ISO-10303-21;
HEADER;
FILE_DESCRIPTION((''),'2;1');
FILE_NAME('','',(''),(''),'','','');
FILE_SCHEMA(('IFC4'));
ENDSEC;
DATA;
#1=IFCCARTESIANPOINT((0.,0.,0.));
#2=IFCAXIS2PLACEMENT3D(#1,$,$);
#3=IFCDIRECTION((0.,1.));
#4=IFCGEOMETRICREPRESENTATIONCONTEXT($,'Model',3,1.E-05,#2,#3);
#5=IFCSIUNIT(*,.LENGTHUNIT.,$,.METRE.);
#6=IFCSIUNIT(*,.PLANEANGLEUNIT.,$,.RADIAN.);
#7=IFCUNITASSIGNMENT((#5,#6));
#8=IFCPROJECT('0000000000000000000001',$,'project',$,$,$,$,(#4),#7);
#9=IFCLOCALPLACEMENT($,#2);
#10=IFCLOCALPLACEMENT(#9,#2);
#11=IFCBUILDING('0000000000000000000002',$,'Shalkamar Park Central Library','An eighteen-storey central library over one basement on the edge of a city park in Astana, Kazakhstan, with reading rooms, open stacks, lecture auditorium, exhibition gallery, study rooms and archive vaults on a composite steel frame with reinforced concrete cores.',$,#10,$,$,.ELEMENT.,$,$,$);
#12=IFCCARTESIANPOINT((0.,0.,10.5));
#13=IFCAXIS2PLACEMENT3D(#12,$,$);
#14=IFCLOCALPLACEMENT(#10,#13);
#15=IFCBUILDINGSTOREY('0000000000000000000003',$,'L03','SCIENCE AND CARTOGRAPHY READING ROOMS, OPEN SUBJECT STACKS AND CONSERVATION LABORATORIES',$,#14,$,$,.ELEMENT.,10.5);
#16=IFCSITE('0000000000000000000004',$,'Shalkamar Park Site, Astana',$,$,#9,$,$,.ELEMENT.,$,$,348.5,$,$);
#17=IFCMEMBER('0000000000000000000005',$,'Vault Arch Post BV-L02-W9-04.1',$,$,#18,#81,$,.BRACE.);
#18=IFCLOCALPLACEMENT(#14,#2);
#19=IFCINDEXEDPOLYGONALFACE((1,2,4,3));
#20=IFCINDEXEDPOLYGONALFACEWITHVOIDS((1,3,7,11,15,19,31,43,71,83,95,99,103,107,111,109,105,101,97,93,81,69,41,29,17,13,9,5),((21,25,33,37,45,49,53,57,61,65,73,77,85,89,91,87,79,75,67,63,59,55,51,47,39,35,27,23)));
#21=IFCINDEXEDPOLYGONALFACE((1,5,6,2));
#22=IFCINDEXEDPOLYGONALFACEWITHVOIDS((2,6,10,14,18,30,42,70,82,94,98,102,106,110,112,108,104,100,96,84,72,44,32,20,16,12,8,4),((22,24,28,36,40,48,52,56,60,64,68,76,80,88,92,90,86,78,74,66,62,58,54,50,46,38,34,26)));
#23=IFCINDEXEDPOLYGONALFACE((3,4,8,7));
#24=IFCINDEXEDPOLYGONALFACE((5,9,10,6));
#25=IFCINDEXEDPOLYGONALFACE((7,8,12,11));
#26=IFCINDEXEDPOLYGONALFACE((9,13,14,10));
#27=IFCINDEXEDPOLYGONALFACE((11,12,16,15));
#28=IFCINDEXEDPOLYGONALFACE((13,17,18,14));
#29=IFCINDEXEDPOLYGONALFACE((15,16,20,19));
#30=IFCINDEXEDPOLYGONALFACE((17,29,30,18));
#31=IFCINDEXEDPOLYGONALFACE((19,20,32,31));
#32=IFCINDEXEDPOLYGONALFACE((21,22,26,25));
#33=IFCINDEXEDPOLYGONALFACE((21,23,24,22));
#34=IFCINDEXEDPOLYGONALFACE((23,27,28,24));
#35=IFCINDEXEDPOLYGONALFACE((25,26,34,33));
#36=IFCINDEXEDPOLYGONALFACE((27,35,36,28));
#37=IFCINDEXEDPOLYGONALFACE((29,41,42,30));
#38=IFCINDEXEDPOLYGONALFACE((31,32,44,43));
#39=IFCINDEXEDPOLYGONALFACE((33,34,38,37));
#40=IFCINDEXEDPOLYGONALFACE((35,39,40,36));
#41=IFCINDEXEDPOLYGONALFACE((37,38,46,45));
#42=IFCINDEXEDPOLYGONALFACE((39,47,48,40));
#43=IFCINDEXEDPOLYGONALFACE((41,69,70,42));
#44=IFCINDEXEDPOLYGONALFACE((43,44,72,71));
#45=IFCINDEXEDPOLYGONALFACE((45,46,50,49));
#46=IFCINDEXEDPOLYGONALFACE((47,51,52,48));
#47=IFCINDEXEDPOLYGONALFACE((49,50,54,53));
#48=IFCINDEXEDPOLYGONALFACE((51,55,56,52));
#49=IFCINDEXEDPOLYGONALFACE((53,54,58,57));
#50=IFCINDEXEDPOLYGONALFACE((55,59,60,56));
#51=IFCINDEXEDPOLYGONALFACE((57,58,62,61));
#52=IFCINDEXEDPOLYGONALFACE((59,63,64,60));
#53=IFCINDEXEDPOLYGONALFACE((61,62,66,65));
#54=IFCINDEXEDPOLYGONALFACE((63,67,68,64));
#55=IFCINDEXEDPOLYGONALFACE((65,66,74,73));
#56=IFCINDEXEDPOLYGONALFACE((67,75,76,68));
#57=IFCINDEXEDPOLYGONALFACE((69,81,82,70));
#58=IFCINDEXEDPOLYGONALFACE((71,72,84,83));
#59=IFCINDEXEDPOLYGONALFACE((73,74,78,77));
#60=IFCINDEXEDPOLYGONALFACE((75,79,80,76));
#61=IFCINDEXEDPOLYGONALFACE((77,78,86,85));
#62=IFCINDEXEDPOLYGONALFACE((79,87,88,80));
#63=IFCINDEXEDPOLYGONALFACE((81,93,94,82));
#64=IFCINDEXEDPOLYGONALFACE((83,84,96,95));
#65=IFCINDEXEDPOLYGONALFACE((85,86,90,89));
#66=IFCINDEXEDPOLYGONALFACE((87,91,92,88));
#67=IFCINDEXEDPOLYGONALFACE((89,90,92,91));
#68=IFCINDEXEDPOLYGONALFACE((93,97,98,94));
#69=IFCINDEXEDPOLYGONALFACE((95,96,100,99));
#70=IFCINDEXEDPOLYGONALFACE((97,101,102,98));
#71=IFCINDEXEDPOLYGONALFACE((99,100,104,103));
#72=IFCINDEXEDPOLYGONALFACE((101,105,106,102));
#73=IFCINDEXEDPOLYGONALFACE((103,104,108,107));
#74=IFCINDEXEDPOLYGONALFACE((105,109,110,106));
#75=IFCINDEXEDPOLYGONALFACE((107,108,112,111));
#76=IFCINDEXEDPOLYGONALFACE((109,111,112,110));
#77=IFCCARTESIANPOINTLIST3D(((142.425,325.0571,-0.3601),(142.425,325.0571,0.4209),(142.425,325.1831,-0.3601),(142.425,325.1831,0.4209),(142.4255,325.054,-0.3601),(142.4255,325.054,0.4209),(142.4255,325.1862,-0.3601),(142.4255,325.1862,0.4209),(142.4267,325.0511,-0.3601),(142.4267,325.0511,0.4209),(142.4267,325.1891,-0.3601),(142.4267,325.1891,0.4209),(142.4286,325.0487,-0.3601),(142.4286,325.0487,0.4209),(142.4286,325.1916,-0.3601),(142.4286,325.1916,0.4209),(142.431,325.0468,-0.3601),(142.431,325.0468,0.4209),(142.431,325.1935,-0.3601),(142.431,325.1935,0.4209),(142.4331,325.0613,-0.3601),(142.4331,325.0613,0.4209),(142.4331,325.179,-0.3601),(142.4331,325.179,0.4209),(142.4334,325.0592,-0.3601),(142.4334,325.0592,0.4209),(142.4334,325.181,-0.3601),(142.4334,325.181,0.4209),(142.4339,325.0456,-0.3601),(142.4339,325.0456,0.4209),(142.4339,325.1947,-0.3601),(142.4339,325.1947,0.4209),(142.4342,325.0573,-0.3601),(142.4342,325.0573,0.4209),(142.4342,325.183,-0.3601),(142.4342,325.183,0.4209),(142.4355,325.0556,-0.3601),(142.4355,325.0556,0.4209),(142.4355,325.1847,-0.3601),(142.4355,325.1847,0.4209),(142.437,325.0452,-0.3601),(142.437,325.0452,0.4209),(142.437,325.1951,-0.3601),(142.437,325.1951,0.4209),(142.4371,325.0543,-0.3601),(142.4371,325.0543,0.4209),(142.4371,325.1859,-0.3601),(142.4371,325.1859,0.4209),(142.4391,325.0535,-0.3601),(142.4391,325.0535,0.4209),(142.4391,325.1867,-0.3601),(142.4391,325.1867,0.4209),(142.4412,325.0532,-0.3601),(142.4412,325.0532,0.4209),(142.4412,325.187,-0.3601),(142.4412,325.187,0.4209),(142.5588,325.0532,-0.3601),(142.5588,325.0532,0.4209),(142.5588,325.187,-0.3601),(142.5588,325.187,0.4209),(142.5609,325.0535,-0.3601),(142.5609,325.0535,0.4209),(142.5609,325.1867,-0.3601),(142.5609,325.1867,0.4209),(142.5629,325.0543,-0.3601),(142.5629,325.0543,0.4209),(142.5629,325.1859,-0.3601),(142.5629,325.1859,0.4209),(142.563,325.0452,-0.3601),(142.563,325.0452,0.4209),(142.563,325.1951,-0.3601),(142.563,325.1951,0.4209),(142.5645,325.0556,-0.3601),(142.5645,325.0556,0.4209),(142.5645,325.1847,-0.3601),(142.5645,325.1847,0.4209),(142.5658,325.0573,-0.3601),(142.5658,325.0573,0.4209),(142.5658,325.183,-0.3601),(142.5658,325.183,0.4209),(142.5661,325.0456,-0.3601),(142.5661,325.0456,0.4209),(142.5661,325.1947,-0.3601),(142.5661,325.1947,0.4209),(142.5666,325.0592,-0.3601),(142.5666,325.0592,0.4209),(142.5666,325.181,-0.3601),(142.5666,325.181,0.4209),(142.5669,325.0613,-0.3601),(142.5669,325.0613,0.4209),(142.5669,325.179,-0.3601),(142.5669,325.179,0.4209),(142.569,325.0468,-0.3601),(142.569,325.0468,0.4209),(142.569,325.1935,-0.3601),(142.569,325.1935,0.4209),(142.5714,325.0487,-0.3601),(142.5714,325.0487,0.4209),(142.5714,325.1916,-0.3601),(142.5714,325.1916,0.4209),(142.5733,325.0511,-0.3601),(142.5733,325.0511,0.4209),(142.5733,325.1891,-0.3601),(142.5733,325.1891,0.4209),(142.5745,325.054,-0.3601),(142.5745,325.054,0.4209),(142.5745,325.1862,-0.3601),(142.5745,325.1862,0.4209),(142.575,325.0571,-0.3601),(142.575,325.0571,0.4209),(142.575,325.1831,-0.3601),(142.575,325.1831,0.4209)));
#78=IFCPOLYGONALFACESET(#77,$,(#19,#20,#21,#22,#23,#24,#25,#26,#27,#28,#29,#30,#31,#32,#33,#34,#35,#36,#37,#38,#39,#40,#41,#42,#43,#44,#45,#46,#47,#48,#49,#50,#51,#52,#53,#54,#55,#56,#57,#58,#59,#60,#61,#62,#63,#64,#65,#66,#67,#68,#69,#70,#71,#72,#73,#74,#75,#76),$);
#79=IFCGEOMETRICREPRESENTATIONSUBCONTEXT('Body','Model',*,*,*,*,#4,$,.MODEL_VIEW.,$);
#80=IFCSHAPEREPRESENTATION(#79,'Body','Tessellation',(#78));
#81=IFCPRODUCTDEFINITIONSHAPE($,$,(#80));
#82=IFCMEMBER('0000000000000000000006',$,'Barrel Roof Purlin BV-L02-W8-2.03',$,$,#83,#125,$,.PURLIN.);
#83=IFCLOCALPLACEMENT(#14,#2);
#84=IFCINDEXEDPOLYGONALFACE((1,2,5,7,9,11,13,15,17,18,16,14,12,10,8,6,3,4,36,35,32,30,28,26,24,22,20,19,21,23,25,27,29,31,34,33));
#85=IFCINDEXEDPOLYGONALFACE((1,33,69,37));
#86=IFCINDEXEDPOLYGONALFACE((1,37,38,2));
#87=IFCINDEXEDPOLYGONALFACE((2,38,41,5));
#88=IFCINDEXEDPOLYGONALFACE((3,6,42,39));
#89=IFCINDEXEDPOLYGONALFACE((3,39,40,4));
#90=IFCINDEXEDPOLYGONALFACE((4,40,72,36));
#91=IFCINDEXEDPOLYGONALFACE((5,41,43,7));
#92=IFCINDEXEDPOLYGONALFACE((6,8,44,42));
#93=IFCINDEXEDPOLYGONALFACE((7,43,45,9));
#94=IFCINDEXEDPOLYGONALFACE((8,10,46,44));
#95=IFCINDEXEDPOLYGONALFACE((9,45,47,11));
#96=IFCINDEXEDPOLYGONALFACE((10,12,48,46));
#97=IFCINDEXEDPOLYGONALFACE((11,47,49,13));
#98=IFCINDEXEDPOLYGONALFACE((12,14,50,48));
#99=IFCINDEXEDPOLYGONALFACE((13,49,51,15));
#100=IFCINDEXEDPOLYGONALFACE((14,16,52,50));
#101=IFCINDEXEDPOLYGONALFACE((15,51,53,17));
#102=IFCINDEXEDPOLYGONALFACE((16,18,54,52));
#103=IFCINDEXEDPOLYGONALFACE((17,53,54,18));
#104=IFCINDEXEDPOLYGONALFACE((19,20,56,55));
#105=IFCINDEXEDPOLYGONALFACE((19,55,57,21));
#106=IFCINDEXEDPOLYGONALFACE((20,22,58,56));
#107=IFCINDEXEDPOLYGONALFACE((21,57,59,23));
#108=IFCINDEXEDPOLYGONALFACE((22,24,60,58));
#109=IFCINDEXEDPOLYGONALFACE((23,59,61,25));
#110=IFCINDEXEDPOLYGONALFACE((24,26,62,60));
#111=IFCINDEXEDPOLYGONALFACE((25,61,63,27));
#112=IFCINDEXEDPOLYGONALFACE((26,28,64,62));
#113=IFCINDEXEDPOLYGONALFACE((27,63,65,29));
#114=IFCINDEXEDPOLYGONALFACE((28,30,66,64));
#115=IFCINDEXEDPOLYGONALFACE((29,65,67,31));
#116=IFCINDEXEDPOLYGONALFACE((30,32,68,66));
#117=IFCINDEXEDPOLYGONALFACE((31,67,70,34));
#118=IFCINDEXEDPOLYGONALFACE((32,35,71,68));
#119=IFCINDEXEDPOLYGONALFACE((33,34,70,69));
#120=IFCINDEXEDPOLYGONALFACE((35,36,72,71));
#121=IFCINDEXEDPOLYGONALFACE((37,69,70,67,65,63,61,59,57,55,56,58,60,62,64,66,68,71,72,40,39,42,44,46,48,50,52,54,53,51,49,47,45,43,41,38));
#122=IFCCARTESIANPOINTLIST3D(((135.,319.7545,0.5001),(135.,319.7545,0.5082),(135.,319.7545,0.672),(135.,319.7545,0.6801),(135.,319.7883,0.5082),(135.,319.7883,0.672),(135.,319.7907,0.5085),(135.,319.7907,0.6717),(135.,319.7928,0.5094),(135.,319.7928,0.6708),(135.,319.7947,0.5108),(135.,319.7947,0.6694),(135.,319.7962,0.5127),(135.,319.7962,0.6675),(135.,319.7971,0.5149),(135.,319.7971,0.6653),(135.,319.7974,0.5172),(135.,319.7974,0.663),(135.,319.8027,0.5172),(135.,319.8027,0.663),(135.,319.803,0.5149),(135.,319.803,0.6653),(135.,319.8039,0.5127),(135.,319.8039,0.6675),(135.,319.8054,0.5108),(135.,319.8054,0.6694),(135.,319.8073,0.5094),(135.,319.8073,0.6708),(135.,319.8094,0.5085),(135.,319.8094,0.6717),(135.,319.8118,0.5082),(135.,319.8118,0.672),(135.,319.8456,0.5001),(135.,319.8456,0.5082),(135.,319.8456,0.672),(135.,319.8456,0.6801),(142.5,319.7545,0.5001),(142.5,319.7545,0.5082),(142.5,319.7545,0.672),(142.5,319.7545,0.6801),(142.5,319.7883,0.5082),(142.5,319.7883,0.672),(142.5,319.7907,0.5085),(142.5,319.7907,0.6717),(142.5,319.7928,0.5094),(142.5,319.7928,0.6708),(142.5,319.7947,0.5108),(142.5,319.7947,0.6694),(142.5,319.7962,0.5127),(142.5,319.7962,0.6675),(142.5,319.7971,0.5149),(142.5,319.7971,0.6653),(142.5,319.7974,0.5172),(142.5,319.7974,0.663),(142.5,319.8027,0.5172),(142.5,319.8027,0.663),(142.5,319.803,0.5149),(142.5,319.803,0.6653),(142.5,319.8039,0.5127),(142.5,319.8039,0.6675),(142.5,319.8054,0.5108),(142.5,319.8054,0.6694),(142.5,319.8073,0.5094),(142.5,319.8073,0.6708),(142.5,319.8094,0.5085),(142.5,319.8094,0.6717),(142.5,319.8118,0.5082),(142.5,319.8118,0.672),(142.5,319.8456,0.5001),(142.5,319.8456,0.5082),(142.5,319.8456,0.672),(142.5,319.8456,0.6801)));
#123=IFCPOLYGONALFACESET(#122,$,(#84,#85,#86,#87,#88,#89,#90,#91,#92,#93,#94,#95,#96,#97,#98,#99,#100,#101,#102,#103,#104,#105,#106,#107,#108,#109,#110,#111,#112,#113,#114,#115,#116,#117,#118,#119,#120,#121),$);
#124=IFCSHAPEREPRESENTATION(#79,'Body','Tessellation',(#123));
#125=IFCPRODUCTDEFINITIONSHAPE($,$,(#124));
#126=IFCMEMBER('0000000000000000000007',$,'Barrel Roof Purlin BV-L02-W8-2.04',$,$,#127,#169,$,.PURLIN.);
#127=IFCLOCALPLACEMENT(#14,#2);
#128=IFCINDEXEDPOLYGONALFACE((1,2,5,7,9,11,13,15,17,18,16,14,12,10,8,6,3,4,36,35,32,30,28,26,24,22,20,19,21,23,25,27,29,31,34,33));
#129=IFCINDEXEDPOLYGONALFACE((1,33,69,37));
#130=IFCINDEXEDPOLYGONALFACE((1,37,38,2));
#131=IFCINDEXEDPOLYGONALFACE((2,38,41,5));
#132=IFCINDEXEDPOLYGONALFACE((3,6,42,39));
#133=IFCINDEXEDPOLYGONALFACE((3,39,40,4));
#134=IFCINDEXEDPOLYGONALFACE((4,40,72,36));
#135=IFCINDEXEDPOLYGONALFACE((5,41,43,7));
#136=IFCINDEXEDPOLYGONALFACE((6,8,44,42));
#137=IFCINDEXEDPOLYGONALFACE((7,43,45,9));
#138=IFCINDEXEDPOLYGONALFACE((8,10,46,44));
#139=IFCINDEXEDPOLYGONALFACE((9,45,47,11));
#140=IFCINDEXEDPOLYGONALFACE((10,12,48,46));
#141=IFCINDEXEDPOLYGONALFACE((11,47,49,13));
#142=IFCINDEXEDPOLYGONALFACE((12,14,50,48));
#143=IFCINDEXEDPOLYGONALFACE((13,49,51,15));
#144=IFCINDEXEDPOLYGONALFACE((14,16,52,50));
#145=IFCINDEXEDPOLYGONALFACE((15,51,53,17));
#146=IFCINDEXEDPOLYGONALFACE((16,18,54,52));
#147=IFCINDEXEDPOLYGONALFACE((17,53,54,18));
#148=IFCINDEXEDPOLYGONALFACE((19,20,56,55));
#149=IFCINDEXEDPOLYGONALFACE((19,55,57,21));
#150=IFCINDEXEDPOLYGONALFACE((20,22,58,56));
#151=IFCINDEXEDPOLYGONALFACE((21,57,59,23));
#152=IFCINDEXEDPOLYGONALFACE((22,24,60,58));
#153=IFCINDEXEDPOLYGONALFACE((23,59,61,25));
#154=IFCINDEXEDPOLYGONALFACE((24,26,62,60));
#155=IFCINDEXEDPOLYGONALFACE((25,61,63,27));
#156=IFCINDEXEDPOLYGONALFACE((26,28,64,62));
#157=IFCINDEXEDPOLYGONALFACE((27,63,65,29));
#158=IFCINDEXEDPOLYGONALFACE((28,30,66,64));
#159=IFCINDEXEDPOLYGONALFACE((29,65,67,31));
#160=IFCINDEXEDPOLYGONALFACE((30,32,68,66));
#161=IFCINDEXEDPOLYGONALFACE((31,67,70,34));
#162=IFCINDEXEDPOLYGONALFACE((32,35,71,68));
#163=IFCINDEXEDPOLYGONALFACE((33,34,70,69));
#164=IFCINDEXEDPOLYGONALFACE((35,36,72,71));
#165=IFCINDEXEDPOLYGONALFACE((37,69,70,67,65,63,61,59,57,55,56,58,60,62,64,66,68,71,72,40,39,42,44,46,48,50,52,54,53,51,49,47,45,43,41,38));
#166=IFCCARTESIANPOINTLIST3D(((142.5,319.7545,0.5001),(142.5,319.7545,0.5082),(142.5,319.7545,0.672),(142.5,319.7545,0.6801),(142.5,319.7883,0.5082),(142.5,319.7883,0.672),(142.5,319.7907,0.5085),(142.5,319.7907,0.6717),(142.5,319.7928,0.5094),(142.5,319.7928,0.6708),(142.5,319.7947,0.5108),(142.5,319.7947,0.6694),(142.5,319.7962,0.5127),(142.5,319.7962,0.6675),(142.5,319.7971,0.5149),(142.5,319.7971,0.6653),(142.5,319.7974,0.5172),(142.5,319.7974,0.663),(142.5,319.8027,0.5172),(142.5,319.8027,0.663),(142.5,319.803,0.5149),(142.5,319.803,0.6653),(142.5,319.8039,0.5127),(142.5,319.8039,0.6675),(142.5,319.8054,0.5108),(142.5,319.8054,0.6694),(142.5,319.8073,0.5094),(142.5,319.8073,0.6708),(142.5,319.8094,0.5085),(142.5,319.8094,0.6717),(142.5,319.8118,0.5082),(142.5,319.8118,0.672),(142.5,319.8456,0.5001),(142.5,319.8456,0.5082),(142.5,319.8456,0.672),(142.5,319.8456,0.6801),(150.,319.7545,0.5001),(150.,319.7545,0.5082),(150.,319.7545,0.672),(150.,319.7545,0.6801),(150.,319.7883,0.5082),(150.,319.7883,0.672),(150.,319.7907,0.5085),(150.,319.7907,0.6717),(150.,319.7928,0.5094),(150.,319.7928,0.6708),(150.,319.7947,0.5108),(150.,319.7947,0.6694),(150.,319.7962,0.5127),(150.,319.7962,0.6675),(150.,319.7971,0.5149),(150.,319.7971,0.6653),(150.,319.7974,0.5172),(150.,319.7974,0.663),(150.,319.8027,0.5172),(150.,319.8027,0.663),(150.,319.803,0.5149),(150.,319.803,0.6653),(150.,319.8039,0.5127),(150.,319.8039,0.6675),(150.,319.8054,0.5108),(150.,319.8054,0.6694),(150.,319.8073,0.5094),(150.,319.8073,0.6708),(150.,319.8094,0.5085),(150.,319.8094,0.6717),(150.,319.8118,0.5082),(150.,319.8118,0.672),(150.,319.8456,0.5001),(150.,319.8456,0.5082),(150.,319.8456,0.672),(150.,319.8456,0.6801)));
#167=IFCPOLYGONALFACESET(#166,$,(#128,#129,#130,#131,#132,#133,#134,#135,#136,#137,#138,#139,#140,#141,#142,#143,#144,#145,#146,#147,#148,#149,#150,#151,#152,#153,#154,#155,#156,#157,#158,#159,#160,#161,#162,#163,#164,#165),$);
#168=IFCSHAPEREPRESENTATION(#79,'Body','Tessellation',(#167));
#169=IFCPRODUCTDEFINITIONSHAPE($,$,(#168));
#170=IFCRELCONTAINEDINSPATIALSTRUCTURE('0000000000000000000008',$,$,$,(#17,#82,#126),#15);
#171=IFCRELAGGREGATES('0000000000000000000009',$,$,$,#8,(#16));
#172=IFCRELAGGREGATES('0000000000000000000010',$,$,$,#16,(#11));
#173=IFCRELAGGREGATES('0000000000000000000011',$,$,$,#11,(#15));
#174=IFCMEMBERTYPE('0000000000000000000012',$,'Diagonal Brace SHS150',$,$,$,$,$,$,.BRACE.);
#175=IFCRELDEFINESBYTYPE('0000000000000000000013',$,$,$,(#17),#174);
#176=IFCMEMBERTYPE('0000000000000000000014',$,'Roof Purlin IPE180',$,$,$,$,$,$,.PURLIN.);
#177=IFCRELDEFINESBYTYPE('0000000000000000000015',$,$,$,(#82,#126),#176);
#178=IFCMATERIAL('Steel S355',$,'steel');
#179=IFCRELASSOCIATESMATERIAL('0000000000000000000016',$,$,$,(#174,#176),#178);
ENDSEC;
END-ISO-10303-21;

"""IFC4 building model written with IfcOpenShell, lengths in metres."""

from ifc_helpers import new_model, si_unit, direction, frame, origin, origin_2d, place, context, subcontext, project, spatial, hollow_rectangle, i_section, extrude, material, material_profile, profile_set, type_object, element, save


model = new_model("IFC4")

# Units and contexts
model_context = context("Model", 3, precision=1e-05, world=origin(), true_north=direction((0.0, 1.0)))
body_context = subcontext(model_context, "Body", "Model", "MODEL_VIEW")
ifc_project = project(units=[si_unit("LENGTHUNIT", "METRE"), si_unit("PLANEANGLEUNIT", "RADIAN")], contexts=[model_context])

# Site, building, storey
site_placement = place(None, origin())
site = spatial("IfcSite", under=ifc_project, at=site_placement, Name="Shalkamar Park Site, Astana", CompositionType="ELEMENT", RefElevation=348.5)
building_placement = place(site_placement, origin())
building = spatial("IfcBuilding", under=site, at=building_placement, Name="Shalkamar Park Central Library", Description="An eighteen-storey central library over one basement on the edge of a city park in Astana, Kazakhstan, with reading rooms, open stacks, lecture auditorium, exhibition gallery, study rooms and archive vaults on a composite steel frame with reinforced concrete cores.", CompositionType="ELEMENT")
storey_placement = place(building_placement, frame((0.0, 0.0, 10.5)))
storey = spatial("IfcBuildingStorey", under=building, at=storey_placement, Name="L03", Description="SCIENCE AND CARTOGRAPHY READING ROOMS, OPEN SUBJECT STACKS AND CONSERVATION LABORATORIES", CompositionType="ELEMENT", Elevation=10.5)

# Members
ifc_material_1 = material(Name="Steel S355", Category="steel")
ifc_material_profile_1 = material_profile(ifc_material_1, hollow_rectangle(XDim=0.1499, YDim=0.1499, WallThickness=0.0081, InnerFilletRadius=0.0081, OuterFilletRadius=0.012, at=origin_2d()), Name="SHS 150x150x8")
ifc_profile_set_1 = profile_set([ifc_material_profile_1], Name="Steel S355")
member_type_1 = type_object("IfcMemberType", Name="Diagonal Brace SHS150", PredefinedType="BRACE", material=ifc_profile_set_1)
for number, where, z_axis, x_axis, name in (
    (1, (142.5, 325.1201, -0.3601), (0.0, 0.0, 1.0), (1.0, 0.0, 0.0), "Vault Arch Post BV-L02-W9-04.1"),
):
    element("IfcMember", number, at=place(storey_placement, frame(where, z_axis=z_axis, x_axis=x_axis)), inside=storey, type_object=member_type_1, Name=name, PredefinedType="BRACE", context=body_context, shape_type="SweptSolid", body=[
        extrude(hollow_rectangle(XDim=0.1499, YDim=0.1499, WallThickness=0.0081, InnerFilletRadius=0.0081, OuterFilletRadius=0.012, at=origin_2d()), origin(), (0.0, 0.0, 1.0), 0.781),
    ])
ifc_material_profile_2 = material_profile(ifc_material_1, i_section(OverallWidth=0.0911, OverallDepth=0.1799, WebThickness=0.0054, FlangeThickness=0.0081, FilletRadius=0.009, at=origin_2d()), Name="IPE 180")
ifc_profile_set_2 = profile_set([ifc_material_profile_2], Name="Steel S355")
member_type_2 = type_object("IfcMemberType", Name="Roof Purlin IPE180", PredefinedType="PURLIN", material=ifc_profile_set_2)
for number, where, z_axis, x_axis, name in (
    (2, (135.0, 319.8, 0.5901), (1.0, 0.0, 0.0), (0.0, 1.0, 0.0), "Barrel Roof Purlin BV-L02-W8-2.03"),
    (3, (142.5, 319.8, 0.5901), (1.0, 0.0, 0.0), (0.0, 1.0, 0.0), "Barrel Roof Purlin BV-L02-W8-2.04"),
):
    element("IfcMember", number, at=place(storey_placement, frame(where, z_axis=z_axis, x_axis=x_axis)), inside=storey, type_object=member_type_2, Name=name, PredefinedType="PURLIN", context=body_context, shape_type="SweptSolid", body=[
        extrude(i_section(OverallWidth=0.0911, OverallDepth=0.1799, WebThickness=0.0054, FlangeThickness=0.0081, FilletRadius=0.009, at=origin_2d()), origin(), (0.0, 0.0, 1.0), 7.5),
    ])

save(model, "model.ifc")
